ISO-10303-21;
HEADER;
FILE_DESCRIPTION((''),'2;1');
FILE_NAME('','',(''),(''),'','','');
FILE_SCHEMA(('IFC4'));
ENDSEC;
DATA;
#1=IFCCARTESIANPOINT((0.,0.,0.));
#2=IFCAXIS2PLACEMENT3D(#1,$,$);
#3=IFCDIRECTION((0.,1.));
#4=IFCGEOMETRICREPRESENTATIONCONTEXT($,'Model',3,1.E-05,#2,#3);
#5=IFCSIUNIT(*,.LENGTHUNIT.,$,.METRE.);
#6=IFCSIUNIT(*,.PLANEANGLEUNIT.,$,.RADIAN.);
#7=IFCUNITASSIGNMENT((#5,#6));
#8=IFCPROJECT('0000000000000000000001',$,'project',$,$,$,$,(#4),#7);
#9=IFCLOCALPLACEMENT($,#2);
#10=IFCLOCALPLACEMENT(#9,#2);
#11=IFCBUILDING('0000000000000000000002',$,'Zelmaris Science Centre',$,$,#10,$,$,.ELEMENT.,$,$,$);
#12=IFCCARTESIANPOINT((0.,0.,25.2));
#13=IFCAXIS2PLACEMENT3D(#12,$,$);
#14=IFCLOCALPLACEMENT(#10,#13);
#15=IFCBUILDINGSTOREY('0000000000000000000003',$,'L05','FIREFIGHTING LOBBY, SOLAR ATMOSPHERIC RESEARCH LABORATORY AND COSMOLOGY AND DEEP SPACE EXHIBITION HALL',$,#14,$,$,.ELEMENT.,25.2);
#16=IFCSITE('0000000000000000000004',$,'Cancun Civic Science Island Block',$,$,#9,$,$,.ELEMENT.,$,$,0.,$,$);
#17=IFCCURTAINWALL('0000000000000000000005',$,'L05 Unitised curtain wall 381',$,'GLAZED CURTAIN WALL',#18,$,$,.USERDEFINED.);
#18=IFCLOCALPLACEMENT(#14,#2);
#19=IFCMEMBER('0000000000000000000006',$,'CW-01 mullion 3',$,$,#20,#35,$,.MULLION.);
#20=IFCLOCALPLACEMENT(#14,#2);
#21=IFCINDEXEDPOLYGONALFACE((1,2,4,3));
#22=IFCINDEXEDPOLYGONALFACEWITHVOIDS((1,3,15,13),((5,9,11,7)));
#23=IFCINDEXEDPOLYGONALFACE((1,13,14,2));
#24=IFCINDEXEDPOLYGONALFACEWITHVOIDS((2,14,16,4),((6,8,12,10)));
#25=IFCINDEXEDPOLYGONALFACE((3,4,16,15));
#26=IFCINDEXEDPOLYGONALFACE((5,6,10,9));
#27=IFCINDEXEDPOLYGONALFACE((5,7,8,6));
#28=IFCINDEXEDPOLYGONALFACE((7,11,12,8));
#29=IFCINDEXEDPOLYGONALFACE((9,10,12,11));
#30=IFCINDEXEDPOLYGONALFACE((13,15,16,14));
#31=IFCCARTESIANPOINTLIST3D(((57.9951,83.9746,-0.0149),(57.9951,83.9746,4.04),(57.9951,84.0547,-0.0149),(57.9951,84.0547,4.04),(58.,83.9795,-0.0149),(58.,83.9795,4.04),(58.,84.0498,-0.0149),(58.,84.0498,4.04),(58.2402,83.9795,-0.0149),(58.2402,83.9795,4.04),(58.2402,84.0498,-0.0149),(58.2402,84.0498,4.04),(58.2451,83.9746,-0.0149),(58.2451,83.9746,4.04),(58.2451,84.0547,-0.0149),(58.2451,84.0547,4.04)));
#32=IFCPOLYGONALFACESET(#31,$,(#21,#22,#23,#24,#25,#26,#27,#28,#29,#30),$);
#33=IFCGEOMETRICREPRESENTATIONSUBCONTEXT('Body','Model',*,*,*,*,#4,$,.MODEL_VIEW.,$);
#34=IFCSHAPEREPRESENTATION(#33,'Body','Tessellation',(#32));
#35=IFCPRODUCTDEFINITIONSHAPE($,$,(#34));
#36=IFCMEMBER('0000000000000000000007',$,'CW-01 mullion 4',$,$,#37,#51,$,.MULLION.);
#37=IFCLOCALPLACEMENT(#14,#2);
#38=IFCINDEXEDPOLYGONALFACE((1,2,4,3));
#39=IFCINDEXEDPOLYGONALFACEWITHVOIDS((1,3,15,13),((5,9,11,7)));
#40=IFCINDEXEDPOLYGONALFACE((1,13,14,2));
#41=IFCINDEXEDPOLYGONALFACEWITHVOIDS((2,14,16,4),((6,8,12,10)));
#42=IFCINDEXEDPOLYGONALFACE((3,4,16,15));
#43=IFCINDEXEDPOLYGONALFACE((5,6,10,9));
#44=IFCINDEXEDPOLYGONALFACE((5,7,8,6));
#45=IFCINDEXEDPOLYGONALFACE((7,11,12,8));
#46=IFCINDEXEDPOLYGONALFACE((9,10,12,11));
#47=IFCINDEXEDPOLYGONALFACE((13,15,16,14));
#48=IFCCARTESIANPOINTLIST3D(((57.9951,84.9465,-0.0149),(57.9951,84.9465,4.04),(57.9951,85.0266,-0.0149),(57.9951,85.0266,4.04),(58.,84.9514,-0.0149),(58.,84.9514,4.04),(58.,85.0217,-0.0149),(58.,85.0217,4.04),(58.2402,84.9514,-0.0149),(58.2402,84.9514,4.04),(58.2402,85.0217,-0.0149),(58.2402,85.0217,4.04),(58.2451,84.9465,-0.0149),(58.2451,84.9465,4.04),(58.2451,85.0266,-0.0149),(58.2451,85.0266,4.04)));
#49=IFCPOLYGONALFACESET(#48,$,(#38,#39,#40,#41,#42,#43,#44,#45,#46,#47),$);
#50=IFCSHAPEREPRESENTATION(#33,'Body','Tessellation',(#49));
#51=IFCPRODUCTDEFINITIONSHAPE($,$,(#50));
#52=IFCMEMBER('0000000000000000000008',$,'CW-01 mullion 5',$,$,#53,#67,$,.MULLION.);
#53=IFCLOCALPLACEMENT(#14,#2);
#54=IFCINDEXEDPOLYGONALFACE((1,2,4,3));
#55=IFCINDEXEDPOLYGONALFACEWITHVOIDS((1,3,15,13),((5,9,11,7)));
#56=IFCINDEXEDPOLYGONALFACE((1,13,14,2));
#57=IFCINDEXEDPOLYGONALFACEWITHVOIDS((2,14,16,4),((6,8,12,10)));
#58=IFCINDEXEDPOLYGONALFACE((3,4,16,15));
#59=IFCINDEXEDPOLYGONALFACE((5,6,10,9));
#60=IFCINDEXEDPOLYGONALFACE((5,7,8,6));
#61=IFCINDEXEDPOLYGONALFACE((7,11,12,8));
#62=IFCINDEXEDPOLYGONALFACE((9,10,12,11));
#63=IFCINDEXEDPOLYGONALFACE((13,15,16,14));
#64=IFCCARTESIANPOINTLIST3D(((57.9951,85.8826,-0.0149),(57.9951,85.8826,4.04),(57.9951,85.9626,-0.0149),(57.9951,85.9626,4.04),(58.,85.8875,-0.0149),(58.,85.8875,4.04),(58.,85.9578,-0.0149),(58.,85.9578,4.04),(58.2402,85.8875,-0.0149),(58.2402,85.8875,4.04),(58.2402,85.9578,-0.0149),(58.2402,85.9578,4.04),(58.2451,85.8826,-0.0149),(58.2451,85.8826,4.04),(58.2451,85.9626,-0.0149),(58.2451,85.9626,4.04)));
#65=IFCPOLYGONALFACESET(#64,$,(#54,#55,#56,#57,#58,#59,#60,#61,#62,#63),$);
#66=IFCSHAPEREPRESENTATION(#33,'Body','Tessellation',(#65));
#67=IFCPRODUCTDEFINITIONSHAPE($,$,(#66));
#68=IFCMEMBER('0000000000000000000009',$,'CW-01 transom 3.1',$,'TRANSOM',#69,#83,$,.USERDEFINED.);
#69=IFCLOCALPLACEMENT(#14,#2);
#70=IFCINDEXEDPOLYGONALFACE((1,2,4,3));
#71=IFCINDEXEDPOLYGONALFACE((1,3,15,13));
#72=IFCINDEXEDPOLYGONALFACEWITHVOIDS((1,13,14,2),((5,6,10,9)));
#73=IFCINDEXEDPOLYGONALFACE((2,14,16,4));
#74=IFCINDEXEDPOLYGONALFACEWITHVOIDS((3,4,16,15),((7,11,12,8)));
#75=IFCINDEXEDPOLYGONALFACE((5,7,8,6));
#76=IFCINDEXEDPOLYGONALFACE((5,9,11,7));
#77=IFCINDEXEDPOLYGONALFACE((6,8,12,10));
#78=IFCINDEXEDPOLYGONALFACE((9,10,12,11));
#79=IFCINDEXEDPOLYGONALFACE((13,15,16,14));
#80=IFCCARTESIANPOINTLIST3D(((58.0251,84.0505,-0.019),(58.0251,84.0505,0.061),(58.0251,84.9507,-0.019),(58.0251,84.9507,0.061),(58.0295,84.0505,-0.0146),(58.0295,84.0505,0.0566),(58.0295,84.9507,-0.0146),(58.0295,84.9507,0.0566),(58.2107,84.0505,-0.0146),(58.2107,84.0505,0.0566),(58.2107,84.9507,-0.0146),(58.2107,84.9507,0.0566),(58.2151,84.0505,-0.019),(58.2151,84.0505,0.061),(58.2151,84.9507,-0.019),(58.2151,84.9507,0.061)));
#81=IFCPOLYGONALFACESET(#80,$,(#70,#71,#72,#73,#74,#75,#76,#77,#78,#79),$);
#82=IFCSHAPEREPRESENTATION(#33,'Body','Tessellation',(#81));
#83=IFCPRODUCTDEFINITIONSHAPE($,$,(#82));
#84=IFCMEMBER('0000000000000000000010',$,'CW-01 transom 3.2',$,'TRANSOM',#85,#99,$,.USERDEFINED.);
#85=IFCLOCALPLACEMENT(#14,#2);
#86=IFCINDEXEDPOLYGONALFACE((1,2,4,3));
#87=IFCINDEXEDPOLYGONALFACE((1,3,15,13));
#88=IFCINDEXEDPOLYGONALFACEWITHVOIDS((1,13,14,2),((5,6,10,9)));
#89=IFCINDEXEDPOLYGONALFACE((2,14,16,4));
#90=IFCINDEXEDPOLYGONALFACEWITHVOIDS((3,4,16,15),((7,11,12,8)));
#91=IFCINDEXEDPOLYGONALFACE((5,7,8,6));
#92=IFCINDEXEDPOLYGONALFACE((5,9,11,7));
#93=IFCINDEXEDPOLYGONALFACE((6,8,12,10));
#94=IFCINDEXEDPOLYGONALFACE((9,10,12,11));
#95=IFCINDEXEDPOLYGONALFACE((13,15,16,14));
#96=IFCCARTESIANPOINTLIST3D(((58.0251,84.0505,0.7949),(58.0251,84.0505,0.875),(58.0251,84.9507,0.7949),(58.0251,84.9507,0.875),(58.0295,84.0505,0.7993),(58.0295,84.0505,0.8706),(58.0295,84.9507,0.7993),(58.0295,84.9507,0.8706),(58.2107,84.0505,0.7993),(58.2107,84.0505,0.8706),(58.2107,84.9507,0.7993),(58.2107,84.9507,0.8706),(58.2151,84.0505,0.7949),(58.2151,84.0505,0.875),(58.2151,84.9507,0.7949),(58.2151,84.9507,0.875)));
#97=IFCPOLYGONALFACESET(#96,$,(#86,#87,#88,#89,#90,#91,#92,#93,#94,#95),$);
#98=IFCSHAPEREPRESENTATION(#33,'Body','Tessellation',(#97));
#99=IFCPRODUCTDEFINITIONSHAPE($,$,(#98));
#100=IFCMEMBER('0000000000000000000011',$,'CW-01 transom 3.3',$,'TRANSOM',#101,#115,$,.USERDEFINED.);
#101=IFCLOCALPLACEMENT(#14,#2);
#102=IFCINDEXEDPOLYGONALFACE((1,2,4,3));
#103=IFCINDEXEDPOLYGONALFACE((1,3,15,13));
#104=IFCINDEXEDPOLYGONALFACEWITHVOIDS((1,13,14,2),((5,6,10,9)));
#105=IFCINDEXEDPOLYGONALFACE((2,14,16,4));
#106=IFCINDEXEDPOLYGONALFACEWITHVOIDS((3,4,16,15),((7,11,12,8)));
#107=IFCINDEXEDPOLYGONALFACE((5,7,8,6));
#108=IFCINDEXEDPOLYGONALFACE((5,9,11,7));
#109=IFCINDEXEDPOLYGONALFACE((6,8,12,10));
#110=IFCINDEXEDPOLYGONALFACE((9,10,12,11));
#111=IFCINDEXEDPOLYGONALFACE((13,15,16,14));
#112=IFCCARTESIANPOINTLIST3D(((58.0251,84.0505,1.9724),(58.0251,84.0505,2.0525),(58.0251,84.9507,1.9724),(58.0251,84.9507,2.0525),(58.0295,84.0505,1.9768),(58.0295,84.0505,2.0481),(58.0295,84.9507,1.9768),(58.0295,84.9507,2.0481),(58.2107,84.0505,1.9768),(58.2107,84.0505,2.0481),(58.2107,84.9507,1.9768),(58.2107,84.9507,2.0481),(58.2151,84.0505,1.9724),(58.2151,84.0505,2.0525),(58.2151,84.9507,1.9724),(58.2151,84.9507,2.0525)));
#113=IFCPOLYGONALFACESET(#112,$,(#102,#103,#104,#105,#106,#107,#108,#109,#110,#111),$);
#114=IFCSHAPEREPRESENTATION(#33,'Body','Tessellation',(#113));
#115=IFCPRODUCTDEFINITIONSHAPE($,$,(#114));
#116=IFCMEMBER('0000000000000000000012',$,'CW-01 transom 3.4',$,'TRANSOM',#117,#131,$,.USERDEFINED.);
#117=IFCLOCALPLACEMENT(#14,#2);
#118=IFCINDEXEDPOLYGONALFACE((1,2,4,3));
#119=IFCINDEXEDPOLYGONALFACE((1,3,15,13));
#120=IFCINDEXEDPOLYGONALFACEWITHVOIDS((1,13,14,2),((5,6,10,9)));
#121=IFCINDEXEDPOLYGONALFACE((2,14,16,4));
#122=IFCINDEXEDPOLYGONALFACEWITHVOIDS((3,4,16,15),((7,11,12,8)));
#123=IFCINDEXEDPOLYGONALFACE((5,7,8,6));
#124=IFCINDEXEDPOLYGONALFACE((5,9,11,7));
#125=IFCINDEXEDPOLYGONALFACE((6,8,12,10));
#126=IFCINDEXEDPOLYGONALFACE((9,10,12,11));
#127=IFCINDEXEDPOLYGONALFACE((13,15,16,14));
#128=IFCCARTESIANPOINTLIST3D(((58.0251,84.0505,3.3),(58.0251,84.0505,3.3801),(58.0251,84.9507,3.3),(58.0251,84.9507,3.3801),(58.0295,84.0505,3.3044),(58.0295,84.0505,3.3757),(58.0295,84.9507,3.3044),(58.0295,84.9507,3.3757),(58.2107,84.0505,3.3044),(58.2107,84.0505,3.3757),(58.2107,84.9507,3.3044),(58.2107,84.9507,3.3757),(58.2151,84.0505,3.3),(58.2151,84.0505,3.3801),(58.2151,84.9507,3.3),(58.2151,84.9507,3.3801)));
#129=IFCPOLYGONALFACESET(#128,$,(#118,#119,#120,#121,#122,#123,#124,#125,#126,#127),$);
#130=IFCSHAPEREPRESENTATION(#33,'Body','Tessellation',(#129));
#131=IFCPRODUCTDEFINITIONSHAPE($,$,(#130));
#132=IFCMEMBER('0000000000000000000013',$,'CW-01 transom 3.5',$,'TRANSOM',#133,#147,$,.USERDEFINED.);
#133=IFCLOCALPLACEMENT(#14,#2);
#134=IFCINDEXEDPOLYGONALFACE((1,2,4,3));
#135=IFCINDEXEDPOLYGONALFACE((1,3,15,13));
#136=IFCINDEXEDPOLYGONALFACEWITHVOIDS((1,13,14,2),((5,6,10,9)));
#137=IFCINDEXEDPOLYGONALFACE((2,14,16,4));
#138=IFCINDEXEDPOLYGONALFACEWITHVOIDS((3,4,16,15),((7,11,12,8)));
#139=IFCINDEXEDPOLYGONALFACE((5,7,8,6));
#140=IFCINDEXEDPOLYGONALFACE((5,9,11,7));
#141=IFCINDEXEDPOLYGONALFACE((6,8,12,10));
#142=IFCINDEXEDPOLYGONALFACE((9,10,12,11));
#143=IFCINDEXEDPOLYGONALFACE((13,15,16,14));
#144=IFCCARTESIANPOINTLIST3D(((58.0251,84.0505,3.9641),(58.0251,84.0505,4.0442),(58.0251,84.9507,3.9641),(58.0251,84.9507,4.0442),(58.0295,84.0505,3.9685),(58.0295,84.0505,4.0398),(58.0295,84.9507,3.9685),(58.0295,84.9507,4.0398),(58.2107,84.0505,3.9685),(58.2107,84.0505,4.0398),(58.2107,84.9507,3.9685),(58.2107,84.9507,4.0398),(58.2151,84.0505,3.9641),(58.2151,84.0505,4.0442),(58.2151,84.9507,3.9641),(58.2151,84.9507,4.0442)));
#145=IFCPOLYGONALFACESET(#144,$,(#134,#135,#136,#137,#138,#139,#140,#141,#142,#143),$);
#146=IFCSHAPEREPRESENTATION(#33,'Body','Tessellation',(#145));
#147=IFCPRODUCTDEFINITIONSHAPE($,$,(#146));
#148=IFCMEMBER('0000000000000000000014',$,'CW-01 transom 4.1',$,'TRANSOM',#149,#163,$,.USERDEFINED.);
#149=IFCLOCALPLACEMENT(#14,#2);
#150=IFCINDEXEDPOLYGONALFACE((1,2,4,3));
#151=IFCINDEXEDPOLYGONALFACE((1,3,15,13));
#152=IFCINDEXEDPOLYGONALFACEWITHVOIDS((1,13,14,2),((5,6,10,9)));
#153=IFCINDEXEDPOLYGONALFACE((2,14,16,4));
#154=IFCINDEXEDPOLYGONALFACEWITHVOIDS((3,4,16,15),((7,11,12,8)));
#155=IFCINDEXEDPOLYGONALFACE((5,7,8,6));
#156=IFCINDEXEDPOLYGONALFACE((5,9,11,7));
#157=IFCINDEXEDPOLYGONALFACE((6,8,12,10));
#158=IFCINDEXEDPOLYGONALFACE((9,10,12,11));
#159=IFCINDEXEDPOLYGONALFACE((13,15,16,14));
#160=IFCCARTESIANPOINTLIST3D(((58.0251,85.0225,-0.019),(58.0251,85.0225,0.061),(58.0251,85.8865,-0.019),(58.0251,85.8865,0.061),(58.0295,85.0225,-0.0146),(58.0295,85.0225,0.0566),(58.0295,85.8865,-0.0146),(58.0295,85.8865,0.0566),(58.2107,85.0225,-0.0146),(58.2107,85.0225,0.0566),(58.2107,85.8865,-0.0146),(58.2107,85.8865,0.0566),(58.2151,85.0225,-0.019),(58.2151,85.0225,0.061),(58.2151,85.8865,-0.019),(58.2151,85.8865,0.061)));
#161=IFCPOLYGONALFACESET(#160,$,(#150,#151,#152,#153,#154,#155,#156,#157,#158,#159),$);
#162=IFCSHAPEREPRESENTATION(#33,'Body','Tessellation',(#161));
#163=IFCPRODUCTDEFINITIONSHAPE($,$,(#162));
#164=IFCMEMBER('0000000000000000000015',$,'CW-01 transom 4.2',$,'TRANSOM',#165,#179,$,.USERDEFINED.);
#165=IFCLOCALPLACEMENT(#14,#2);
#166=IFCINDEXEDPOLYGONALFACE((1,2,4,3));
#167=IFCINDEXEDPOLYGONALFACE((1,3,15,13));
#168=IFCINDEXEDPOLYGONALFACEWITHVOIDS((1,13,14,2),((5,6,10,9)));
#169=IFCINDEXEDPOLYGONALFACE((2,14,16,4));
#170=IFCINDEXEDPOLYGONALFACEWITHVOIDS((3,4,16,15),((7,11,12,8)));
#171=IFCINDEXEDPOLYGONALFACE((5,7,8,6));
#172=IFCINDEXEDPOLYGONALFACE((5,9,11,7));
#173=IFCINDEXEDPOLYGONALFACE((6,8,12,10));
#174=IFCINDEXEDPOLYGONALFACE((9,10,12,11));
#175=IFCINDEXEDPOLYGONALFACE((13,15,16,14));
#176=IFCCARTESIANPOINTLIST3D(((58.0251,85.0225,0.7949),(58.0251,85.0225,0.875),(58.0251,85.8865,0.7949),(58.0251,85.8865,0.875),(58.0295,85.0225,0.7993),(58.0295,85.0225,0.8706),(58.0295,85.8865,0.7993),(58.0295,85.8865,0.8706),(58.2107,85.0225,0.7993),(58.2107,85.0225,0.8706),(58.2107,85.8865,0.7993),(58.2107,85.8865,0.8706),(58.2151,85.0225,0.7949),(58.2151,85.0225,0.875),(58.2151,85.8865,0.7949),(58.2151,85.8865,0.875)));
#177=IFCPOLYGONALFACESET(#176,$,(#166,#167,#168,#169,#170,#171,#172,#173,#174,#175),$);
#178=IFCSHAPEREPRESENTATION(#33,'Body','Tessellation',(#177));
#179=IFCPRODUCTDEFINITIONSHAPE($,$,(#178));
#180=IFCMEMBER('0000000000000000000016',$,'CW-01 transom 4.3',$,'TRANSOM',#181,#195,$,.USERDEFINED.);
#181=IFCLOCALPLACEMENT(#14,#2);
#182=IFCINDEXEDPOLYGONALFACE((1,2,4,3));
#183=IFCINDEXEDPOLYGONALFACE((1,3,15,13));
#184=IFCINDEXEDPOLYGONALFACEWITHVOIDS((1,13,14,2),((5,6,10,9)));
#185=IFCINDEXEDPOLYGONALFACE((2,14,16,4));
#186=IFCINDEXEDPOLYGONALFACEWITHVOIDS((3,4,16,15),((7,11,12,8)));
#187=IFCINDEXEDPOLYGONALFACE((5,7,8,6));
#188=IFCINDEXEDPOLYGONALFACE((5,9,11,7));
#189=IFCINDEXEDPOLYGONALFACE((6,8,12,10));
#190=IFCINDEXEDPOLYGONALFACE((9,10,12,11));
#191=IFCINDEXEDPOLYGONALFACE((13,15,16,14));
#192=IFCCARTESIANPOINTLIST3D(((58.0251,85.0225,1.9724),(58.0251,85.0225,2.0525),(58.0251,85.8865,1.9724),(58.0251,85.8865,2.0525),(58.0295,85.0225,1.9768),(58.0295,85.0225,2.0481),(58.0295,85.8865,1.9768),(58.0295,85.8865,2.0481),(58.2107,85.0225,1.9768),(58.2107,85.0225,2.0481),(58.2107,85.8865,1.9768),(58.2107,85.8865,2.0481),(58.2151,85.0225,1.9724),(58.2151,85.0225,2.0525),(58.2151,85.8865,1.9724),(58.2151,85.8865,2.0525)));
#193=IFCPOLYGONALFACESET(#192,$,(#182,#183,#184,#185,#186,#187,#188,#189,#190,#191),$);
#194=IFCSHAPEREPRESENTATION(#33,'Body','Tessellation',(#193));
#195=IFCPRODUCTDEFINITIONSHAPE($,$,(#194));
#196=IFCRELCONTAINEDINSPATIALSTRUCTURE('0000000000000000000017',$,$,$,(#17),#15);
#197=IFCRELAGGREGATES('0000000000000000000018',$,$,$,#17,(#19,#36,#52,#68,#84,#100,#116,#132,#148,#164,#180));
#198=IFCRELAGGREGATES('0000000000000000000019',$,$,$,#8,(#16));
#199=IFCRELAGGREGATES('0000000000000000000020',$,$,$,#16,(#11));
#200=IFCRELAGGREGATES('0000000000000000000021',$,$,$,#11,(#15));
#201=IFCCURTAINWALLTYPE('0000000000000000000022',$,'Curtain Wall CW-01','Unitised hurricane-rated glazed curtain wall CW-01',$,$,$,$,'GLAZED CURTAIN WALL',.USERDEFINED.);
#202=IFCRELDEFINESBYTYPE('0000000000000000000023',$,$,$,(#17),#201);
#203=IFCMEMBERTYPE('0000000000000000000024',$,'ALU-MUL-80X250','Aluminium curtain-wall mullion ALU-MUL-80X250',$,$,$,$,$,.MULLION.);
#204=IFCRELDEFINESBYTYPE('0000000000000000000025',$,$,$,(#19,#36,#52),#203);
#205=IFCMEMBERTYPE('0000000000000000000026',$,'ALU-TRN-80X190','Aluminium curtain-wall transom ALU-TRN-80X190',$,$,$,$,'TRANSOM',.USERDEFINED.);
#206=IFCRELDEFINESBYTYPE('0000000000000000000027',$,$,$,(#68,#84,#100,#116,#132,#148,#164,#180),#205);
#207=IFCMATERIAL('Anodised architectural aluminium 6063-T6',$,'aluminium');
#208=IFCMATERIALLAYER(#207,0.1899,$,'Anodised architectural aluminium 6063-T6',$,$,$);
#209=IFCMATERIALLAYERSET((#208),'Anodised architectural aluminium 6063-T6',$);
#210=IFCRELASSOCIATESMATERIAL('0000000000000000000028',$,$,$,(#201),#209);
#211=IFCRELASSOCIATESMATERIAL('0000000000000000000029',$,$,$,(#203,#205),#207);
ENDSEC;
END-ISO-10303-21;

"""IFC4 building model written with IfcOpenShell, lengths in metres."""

from ifc_helpers import new_model, si_unit, direction, frame, origin, origin_2d, place, context, subcontext, project, spatial, hollow_rectangle, extrude, material, layer, layer_set, material_profile, profile_set, type_object, element, aggregate, save


model = new_model("IFC4")

# Units and contexts
model_context = context("Model", 3, precision=1e-05, world=origin(), true_north=direction((0.0, 1.0)))
body_context = subcontext(model_context, "Body", "Model", "MODEL_VIEW")
ifc_project = project(units=[si_unit("LENGTHUNIT", "METRE"), si_unit("PLANEANGLEUNIT", "RADIAN")], contexts=[model_context])

# Site, building, storey
site_placement = place(None, origin())
site = spatial("IfcSite", under=ifc_project, at=site_placement, Name="Cancun Civic Science Island Block", CompositionType="ELEMENT", RefElevation=0.0)
building_placement = place(site_placement, origin())
building = spatial("IfcBuilding", under=site, at=building_placement, Name="Zelmaris Science Centre", CompositionType="ELEMENT")
storey_placement = place(building_placement, frame((0.0, 0.0, 25.2)))
storey = spatial("IfcBuildingStorey", under=building, at=storey_placement, Name="L05", Description="FIREFIGHTING LOBBY, SOLAR ATMOSPHERIC RESEARCH LABORATORY AND COSMOLOGY AND DEEP SPACE EXHIBITION HALL", CompositionType="ELEMENT", Elevation=25.2)

# Curtain wall, members
ifc_material_1 = material(Name="Anodised architectural aluminium 6063-T6", Category="aluminium")
ifc_layer_1 = layer(ifc_material_1, 0.1899, Name="Anodised architectural aluminium 6063-T6")
ifc_layer_set_1 = layer_set([ifc_layer_1], Name="Anodised architectural aluminium 6063-T6")
curtain_wall_type = type_object("IfcCurtainWallType", Name="Curtain Wall CW-01", Description="Unitised hurricane-rated glazed curtain wall CW-01", ElementType="GLAZED CURTAIN WALL", PredefinedType="USERDEFINED", material=ifc_layer_set_1)
curtain_wall_placement = place(storey_placement, origin())
curtain_wall = element("IfcCurtainWall", 1, at=curtain_wall_placement, inside=storey, type_object=curtain_wall_type, Name="L05 Unitised curtain wall 381", ObjectType="GLAZED CURTAIN WALL", PredefinedType="USERDEFINED")
ifc_material_profile_1 = material_profile(ifc_material_1, hollow_rectangle(XDim=0.0801, YDim=0.25, WallThickness=0.0049, at=origin_2d()), Name="ALU-MUL-80X250")
ifc_profile_set_1 = profile_set([ifc_material_profile_1], Name="Anodised architectural aluminium 6063-T6")
member_type_1 = type_object("IfcMemberType", Name="ALU-MUL-80X250", Description="Aluminium curtain-wall mullion ALU-MUL-80X250", PredefinedType="MULLION", material=ifc_profile_set_1)
member_1_placement = place(storey_placement, frame((58.1201, 84.0146, -0.0149), z_axis=(0.0, 0.0, 1.0), x_axis=(-0.000003, 1.0, 0.0)))
member_1 = element("IfcMember", 2, at=member_1_placement, type_object=member_type_1, Name="CW-01 mullion 3", PredefinedType="MULLION", context=body_context, shape_type="SweptSolid", body=[
    extrude(hollow_rectangle(XDim=0.0801, YDim=0.25, WallThickness=0.0049, at=origin_2d()), origin(), (0.0, 0.0, 1.0), 4.0549),
])
member_2_placement = place(storey_placement, frame((58.1201, 84.9866, -0.0149), z_axis=(0.0, 0.0, 1.0), x_axis=(-0.000003, 1.0, 0.0)))
member_2 = element("IfcMember", 3, at=member_2_placement, type_object=member_type_1, Name="CW-01 mullion 4", PredefinedType="MULLION", context=body_context, shape_type="SweptSolid", body=[
    extrude(hollow_rectangle(XDim=0.0801, YDim=0.25, WallThickness=0.0049, at=origin_2d()), origin(), (0.0, 0.0, 1.0), 4.0549),
])
member_3_placement = place(storey_placement, frame((58.1201, 85.9226, -0.0149), z_axis=(0.0, 0.0, 1.0), x_axis=(-0.000003, 1.0, 0.0)))
member_3 = element("IfcMember", 4, at=member_3_placement, type_object=member_type_1, Name="CW-01 mullion 5", PredefinedType="MULLION", context=body_context, shape_type="SweptSolid", body=[
    extrude(hollow_rectangle(XDim=0.0801, YDim=0.25, WallThickness=0.0049, at=origin_2d()), origin(), (0.0, 0.0, 1.0), 4.0549),
])
ifc_material_profile_2 = material_profile(ifc_material_1, hollow_rectangle(XDim=0.0801, YDim=0.1899, WallThickness=0.0044, at=origin_2d()), Name="ALU-TRN-80X190")
ifc_profile_set_2 = profile_set([ifc_material_profile_2], Name="Anodised architectural aluminium 6063-T6")
member_type_2 = type_object("IfcMemberType", Name="ALU-TRN-80X190", Description="Aluminium curtain-wall transom ALU-TRN-80X190", ElementType="TRANSOM", PredefinedType="USERDEFINED", material=ifc_profile_set_2)
member_4_placement = place(storey_placement, frame((58.1201, 84.0505, 0.021), z_axis=(0.0, 1.0, 0.0), x_axis=(0.0, 0.0, 1.0)))
member_4 = element("IfcMember", 5, at=member_4_placement, type_object=member_type_2, Name="CW-01 transom 3.1", ObjectType="TRANSOM", PredefinedType="USERDEFINED", context=body_context, shape_type="SweptSolid", body=[
    extrude(hollow_rectangle(XDim=0.0801, YDim=0.1899, WallThickness=0.0044, at=origin_2d()), origin(), (0.0, 0.0, 1.0), 0.9001),
])
member_5_placement = place(storey_placement, frame((58.1201, 84.0505, 0.835), z_axis=(0.0, 1.0, 0.0), x_axis=(0.0, 0.0, 1.0)))
member_5 = element("IfcMember", 6, at=member_5_placement, type_object=member_type_2, Name="CW-01 transom 3.2", ObjectType="TRANSOM", PredefinedType="USERDEFINED", context=body_context, shape_type="SweptSolid", body=[
    extrude(hollow_rectangle(XDim=0.0801, YDim=0.1899, WallThickness=0.0044, at=origin_2d()), origin(), (0.0, 0.0, 1.0), 0.9001),
])
member_6_placement = place(storey_placement, frame((58.1201, 84.0505, 2.0125), z_axis=(0.0, 1.0, 0.0), x_axis=(0.0, 0.0, 1.0)))
member_6 = element("IfcMember", 7, at=member_6_placement, type_object=member_type_2, Name="CW-01 transom 3.3", ObjectType="TRANSOM", PredefinedType="USERDEFINED", context=body_context, shape_type="SweptSolid", body=[
    extrude(hollow_rectangle(XDim=0.0801, YDim=0.1899, WallThickness=0.0044, at=origin_2d()), origin(), (0.0, 0.0, 1.0), 0.9001),
])
member_7_placement = place(storey_placement, frame((58.1201, 84.0505, 3.3401), z_axis=(0.0, 1.0, 0.0), x_axis=(0.0, 0.0, 1.0)))
member_7 = element("IfcMember", 8, at=member_7_placement, type_object=member_type_2, Name="CW-01 transom 3.4", ObjectType="TRANSOM", PredefinedType="USERDEFINED", context=body_context, shape_type="SweptSolid", body=[
    extrude(hollow_rectangle(XDim=0.0801, YDim=0.1899, WallThickness=0.0044, at=origin_2d()), origin(), (0.0, 0.0, 1.0), 0.9001),
])
member_8_placement = place(storey_placement, frame((58.1201, 84.0505, 4.0042), z_axis=(0.0, 1.0, 0.0), x_axis=(0.0, 0.0, 1.0)))
member_8 = element("IfcMember", 9, at=member_8_placement, type_object=member_type_2, Name="CW-01 transom 3.5", ObjectType="TRANSOM", PredefinedType="USERDEFINED", context=body_context, shape_type="SweptSolid", body=[
    extrude(hollow_rectangle(XDim=0.0801, YDim=0.1899, WallThickness=0.0044, at=origin_2d()), origin(), (0.0, 0.0, 1.0), 0.9001),
])
member_9_placement = place(storey_placement, frame((58.1201, 85.0225, 0.021), z_axis=(0.0, 1.0, 0.0), x_axis=(0.0, 0.0, 1.0)))
member_9 = element("IfcMember", 10, at=member_9_placement, type_object=member_type_2, Name="CW-01 transom 4.1", ObjectType="TRANSOM", PredefinedType="USERDEFINED", context=body_context, shape_type="SweptSolid", body=[
    extrude(hollow_rectangle(XDim=0.0801, YDim=0.1899, WallThickness=0.0044, at=origin_2d()), origin(), (0.0, 0.0, 1.0), 0.864),
])
member_10_placement = place(storey_placement, frame((58.1201, 85.0225, 0.835), z_axis=(0.0, 1.0, 0.0), x_axis=(0.0, 0.0, 1.0)))
member_10 = element("IfcMember", 11, at=member_10_placement, type_object=member_type_2, Name="CW-01 transom 4.2", ObjectType="TRANSOM", PredefinedType="USERDEFINED", context=body_context, shape_type="SweptSolid", body=[
    extrude(hollow_rectangle(XDim=0.0801, YDim=0.1899, WallThickness=0.0044, at=origin_2d()), origin(), (0.0, 0.0, 1.0), 0.864),
])
member_11_placement = place(storey_placement, frame((58.1201, 85.0225, 2.0125), z_axis=(0.0, 1.0, 0.0), x_axis=(0.0, 0.0, 1.0)))
member_11 = element("IfcMember", 12, at=member_11_placement, type_object=member_type_2, Name="CW-01 transom 4.3", ObjectType="TRANSOM", PredefinedType="USERDEFINED", context=body_context, shape_type="SweptSolid", body=[
    extrude(hollow_rectangle(XDim=0.0801, YDim=0.1899, WallThickness=0.0044, at=origin_2d()), origin(), (0.0, 0.0, 1.0), 0.864),
])

aggregate(curtain_wall, [member_1, member_2, member_3, member_4, member_5, member_6, member_7, member_8, member_9, member_10, member_11])

save(model, "model.ifc")
